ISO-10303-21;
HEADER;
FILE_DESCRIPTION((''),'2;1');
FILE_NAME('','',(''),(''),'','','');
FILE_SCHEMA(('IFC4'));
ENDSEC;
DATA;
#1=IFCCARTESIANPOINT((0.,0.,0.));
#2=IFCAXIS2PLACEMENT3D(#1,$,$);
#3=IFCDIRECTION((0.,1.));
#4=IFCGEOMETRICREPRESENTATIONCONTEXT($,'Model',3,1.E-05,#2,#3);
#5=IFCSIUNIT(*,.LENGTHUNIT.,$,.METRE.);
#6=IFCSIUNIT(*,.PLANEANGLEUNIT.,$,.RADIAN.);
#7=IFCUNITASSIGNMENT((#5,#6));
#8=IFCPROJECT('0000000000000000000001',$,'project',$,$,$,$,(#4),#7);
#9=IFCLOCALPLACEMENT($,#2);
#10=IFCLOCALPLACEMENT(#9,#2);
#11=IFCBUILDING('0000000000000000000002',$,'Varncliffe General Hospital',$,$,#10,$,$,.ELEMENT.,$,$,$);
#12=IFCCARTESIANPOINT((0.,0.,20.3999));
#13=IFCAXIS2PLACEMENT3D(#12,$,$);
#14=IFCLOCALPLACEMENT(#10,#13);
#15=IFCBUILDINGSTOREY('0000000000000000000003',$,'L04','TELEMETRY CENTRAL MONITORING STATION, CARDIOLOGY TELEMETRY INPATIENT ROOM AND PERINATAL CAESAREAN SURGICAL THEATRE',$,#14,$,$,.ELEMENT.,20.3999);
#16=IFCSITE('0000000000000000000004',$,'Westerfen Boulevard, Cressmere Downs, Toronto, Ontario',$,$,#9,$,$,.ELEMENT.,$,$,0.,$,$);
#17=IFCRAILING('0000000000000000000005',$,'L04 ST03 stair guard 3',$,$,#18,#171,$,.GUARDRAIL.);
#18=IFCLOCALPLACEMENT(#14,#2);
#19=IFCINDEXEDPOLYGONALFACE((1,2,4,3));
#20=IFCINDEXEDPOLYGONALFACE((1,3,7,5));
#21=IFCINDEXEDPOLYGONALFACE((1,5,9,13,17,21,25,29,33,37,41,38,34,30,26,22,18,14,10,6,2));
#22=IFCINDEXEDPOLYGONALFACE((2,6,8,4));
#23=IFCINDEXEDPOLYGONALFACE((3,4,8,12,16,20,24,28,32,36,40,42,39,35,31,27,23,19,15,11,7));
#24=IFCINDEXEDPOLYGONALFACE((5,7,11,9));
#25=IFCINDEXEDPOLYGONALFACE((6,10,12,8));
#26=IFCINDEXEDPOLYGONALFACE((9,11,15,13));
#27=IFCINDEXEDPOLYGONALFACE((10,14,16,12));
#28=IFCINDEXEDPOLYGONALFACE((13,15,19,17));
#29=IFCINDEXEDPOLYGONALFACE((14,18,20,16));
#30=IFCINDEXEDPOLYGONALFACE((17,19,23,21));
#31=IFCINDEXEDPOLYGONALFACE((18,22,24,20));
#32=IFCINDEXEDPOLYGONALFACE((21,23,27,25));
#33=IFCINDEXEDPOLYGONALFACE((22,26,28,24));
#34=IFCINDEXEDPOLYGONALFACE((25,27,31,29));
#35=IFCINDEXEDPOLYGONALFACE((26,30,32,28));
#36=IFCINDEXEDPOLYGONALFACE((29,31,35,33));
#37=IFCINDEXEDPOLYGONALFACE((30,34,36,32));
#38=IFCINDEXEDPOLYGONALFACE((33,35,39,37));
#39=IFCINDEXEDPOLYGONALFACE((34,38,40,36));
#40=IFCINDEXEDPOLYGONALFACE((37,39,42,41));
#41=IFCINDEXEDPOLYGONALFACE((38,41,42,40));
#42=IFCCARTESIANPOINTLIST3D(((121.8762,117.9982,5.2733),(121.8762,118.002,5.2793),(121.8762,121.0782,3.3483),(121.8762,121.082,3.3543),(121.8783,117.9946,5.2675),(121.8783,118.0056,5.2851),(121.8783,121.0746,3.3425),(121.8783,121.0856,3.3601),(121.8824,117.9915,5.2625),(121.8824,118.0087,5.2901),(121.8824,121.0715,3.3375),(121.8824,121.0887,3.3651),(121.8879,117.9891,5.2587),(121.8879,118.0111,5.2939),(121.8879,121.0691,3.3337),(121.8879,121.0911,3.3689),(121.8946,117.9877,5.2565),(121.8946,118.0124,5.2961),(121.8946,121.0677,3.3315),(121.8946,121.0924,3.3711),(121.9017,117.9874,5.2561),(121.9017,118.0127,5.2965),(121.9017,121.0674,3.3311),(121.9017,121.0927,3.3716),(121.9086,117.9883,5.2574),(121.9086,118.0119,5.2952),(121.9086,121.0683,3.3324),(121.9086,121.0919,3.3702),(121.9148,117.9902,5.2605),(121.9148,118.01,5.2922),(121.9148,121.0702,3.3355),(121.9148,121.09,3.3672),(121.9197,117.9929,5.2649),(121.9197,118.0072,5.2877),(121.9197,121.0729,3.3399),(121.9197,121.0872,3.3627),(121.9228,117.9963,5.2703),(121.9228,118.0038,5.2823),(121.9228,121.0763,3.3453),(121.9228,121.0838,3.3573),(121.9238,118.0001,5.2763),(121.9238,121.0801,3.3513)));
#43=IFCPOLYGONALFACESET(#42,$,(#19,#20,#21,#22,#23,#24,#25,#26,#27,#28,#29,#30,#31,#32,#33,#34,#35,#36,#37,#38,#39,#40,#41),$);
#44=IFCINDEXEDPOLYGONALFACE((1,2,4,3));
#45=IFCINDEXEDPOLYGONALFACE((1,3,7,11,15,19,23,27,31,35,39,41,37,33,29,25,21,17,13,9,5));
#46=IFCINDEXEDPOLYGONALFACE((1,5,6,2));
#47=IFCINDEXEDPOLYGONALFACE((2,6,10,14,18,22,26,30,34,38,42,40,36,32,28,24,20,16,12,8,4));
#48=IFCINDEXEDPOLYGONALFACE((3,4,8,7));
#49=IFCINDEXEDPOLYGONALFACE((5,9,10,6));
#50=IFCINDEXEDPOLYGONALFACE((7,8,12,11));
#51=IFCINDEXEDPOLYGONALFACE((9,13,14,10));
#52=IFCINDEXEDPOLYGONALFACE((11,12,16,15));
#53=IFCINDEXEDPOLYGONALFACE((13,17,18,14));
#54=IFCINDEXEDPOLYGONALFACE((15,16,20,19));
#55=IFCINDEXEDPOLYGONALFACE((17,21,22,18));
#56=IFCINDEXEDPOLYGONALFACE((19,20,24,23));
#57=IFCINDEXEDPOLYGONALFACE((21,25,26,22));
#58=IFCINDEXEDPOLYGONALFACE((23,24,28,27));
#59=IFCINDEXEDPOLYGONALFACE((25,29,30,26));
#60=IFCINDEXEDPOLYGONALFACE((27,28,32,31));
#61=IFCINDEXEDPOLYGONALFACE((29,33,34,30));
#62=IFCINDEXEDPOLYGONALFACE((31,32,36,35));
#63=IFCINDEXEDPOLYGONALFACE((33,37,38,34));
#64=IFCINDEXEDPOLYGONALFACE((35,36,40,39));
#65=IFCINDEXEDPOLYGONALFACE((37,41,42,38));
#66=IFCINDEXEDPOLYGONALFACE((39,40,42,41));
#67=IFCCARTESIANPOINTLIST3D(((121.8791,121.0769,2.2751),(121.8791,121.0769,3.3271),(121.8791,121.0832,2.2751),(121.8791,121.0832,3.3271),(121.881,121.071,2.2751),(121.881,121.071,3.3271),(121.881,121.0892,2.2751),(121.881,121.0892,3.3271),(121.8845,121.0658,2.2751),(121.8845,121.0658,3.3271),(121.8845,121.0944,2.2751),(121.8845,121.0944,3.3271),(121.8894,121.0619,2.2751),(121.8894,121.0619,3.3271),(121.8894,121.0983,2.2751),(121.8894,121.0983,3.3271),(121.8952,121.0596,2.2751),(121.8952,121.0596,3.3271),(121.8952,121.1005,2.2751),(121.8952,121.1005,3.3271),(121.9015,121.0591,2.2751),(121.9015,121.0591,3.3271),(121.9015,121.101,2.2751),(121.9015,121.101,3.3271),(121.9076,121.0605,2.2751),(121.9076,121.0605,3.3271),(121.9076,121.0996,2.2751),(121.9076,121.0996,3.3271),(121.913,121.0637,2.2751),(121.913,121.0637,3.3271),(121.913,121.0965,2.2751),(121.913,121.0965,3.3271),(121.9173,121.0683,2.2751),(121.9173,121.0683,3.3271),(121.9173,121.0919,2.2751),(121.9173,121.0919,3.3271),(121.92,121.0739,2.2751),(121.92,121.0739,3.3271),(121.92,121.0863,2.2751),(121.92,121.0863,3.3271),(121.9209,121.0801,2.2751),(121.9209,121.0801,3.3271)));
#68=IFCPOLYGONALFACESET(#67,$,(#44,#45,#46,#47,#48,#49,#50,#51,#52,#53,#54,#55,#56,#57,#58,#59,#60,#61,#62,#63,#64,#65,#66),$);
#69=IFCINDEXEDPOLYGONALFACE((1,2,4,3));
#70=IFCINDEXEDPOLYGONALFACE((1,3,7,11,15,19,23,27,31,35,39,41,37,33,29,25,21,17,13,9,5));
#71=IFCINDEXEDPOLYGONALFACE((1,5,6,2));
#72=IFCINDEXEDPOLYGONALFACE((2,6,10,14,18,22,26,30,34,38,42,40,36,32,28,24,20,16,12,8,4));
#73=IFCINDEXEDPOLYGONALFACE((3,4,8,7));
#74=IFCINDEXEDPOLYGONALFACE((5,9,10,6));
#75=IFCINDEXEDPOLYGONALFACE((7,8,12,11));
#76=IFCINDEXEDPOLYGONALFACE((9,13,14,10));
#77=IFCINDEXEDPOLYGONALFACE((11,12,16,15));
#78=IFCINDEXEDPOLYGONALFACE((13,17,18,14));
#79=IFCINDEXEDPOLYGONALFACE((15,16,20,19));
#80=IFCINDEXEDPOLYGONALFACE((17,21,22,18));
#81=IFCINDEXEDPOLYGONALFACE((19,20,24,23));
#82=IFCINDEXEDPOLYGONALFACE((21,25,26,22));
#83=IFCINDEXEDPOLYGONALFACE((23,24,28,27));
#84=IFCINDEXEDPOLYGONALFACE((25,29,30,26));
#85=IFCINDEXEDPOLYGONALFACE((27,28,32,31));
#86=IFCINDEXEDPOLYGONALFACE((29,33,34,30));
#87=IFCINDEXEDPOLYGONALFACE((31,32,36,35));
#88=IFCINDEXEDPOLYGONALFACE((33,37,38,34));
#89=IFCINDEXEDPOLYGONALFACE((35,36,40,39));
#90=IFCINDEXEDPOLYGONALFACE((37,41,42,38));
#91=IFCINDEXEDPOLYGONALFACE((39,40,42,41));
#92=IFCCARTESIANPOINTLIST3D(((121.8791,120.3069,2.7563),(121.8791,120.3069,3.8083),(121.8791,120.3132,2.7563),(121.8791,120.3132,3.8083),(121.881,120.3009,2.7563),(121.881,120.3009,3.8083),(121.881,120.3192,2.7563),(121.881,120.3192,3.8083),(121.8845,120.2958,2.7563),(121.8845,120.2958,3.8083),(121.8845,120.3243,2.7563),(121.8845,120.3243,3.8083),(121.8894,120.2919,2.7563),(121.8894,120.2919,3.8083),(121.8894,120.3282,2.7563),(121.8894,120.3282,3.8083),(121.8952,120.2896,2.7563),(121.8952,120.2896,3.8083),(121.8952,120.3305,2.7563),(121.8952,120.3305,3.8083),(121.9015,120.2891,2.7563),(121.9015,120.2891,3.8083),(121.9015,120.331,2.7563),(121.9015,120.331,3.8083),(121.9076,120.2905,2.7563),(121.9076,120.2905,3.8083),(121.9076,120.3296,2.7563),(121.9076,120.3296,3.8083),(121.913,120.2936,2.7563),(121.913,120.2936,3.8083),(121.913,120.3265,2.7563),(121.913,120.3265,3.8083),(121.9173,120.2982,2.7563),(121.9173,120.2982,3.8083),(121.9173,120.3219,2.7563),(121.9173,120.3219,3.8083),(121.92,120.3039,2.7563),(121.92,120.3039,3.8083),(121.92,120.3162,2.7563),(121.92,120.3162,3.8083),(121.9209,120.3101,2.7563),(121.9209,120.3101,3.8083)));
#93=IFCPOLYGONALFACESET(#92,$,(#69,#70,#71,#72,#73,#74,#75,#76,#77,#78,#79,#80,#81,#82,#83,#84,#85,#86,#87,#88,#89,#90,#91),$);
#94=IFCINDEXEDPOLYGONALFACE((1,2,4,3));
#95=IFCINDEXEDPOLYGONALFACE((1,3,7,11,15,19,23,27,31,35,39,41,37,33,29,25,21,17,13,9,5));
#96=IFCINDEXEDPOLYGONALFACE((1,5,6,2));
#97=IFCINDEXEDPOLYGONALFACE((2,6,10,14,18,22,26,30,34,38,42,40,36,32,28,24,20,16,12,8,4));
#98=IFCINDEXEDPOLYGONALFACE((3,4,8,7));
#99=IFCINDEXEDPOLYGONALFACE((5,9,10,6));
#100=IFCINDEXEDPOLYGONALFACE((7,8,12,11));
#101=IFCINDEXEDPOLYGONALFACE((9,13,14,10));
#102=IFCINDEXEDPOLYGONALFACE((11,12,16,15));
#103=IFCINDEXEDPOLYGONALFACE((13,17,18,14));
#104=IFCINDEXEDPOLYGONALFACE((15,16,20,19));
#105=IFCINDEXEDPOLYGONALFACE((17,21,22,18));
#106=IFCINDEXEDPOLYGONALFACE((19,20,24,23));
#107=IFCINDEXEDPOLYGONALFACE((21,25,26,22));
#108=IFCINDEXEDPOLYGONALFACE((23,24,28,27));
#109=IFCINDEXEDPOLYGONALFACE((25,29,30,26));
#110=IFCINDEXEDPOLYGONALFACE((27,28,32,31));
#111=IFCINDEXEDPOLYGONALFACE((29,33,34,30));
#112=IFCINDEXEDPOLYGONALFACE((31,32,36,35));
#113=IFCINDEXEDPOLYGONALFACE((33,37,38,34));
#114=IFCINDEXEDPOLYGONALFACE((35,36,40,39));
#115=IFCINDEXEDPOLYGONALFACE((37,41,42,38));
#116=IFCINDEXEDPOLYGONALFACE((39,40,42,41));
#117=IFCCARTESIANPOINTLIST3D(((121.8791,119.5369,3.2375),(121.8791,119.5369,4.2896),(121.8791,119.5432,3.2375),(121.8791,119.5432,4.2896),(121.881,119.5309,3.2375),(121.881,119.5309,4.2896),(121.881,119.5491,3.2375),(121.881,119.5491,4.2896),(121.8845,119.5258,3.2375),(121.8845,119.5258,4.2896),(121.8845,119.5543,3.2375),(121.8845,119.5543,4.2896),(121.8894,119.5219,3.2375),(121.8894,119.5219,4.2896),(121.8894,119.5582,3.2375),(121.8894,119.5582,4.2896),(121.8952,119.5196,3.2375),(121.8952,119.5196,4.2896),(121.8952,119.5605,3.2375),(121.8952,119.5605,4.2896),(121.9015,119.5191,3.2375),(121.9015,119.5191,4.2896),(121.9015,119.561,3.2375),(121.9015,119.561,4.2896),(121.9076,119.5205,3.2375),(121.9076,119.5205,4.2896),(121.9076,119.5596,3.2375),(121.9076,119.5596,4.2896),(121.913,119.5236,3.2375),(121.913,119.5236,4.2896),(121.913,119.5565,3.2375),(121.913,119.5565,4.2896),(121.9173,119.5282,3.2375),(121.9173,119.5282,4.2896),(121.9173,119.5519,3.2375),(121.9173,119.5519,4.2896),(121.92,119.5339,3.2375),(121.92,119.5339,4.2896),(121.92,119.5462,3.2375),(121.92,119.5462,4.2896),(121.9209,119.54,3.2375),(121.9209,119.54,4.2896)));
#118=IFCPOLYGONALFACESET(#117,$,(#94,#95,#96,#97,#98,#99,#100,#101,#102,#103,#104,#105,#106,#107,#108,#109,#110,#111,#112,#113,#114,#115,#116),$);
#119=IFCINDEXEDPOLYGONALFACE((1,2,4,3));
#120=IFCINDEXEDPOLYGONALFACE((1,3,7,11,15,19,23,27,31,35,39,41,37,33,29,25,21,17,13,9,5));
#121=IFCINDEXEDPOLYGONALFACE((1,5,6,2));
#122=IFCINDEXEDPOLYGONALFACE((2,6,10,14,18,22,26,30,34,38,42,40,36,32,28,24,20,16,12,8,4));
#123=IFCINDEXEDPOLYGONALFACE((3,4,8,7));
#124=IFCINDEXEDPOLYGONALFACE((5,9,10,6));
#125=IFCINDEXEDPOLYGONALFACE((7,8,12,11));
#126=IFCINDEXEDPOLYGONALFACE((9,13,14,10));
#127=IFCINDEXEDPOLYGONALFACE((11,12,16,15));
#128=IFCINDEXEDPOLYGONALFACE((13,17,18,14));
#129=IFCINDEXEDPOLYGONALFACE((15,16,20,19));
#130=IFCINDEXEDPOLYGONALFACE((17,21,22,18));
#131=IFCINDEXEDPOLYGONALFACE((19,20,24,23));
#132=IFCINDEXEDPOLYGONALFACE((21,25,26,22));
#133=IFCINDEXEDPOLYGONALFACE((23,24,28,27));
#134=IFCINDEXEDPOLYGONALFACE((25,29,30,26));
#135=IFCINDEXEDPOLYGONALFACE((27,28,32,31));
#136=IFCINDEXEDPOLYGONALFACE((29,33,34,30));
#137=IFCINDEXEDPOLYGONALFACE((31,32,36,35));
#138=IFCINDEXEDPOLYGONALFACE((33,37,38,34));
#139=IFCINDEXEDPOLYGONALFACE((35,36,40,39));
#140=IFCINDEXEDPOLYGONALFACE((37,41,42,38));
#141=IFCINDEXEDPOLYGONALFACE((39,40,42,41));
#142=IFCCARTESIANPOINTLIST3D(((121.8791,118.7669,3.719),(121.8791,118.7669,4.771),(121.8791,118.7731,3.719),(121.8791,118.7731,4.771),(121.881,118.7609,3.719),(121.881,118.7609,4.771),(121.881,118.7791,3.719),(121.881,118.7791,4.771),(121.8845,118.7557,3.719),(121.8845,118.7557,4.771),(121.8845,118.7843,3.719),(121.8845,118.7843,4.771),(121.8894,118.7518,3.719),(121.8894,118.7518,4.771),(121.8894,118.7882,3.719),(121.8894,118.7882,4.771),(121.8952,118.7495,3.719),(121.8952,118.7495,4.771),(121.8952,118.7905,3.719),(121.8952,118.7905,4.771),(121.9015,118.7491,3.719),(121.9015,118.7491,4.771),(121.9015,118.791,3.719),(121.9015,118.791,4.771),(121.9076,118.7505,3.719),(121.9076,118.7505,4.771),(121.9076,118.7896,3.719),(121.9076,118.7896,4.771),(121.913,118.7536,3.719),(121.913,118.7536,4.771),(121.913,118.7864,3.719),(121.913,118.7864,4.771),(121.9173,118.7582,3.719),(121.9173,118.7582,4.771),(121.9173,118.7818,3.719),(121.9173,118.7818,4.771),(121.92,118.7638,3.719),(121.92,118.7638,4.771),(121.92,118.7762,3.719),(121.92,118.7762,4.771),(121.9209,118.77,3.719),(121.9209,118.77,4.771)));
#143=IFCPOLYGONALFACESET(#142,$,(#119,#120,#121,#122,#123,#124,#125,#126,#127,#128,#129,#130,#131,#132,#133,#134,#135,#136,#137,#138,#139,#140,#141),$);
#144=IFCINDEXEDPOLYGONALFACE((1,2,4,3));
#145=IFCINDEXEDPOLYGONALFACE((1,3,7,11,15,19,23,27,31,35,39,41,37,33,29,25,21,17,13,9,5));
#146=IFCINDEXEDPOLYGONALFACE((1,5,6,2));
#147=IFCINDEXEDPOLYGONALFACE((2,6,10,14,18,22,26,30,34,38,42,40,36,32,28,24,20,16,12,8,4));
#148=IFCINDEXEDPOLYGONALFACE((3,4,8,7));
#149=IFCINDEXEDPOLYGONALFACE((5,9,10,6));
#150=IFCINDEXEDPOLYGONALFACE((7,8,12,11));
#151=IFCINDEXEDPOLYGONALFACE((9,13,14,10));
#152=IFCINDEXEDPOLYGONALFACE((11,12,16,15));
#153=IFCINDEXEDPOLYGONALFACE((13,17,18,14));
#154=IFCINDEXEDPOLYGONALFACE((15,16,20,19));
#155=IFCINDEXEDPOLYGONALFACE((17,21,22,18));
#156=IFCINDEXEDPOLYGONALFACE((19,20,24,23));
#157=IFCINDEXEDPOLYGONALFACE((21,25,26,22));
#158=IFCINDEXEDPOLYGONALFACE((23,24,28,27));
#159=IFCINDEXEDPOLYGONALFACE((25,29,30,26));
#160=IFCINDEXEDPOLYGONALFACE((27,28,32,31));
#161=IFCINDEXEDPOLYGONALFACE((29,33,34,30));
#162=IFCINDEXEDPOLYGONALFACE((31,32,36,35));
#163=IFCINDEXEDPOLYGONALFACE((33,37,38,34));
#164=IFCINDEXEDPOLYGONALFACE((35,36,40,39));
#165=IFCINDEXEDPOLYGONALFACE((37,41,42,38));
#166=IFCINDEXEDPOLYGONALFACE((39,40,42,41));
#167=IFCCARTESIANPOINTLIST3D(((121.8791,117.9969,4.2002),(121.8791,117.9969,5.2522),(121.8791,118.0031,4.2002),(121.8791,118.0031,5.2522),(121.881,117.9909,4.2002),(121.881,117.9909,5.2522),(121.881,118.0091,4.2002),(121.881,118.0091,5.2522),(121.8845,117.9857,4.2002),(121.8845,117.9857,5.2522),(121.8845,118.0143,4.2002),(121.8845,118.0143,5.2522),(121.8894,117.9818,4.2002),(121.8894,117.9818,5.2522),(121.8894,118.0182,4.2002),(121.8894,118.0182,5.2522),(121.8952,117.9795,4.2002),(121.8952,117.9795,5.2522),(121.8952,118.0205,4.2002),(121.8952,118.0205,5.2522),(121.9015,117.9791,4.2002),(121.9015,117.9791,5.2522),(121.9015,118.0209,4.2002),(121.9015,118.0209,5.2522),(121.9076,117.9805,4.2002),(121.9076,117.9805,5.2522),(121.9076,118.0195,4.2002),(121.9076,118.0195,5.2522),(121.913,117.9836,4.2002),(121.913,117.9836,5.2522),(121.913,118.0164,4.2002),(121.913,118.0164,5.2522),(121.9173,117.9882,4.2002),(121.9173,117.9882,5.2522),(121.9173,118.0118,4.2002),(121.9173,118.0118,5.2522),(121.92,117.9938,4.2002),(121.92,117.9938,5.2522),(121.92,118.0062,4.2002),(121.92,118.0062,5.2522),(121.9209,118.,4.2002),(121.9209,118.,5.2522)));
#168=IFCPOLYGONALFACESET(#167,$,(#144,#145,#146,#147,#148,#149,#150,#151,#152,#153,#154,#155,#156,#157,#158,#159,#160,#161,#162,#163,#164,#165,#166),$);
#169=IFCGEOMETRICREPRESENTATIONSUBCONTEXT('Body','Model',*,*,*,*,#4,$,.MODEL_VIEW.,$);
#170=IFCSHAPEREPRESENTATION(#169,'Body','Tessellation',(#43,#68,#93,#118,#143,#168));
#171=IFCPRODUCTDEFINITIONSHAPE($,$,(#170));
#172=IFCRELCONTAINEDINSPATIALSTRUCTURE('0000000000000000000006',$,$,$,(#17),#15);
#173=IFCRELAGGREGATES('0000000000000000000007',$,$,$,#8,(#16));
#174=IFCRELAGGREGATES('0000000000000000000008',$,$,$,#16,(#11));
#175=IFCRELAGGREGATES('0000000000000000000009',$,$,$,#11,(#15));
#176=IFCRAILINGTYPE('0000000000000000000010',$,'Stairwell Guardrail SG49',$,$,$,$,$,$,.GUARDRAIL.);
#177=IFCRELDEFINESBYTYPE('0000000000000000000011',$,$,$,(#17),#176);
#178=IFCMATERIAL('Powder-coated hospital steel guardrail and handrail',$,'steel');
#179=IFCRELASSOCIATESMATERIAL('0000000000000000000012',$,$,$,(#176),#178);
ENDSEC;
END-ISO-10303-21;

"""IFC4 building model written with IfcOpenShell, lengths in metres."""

from ifc_helpers import new_model, si_unit, direction, frame, origin, origin_2d, place, context, subcontext, project, spatial, circle, extrude, material, type_object, element, save


model = new_model("IFC4")

# Units and contexts
model_context = context("Model", 3, precision=1e-05, world=origin(), true_north=direction((0.0, 1.0)))
body_context = subcontext(model_context, "Body", "Model", "MODEL_VIEW")
ifc_project = project(units=[si_unit("LENGTHUNIT", "METRE"), si_unit("PLANEANGLEUNIT", "RADIAN")], contexts=[model_context])

# Site, building, storey
site_placement = place(None, origin())
site = spatial("IfcSite", under=ifc_project, at=site_placement, Name="Westerfen Boulevard, Cressmere Downs, Toronto, Ontario", CompositionType="ELEMENT", RefElevation=0.0)
building_placement = place(site_placement, origin())
building = spatial("IfcBuilding", under=site, at=building_placement, Name="Varncliffe General Hospital", CompositionType="ELEMENT")
storey_placement = place(building_placement, frame((0.0, 0.0, 20.3999)))
storey = spatial("IfcBuildingStorey", under=building, at=storey_placement, Name="L04", Description="TELEMETRY CENTRAL MONITORING STATION, CARDIOLOGY TELEMETRY INPATIENT ROOM AND PERINATAL CAESAREAN SURGICAL THEATRE", CompositionType="ELEMENT", Elevation=20.3999)

# Railing
ifc_material_1 = material(Name="Powder-coated hospital steel guardrail and handrail", Category="steel")
railing_type_1 = type_object("IfcRailingType", Name="Stairwell Guardrail SG49", PredefinedType="GUARDRAIL", material=ifc_material_1)
railing_1_placement = place(storey_placement, frame((121.8999, 121.0801, 2.2751)))
element("IfcRailing", 1, at=railing_1_placement, inside=storey, type_object=railing_type_1, Name="L04 ST03 stair guard 3", PredefinedType="GUARDRAIL", context=body_context, shape_type="SweptSolid", body=[
    extrude(circle(Radius=0.0239, at=origin_2d()), frame((0.0, 0.0, 1.0762), z_axis=(0.0, -0.847998, 0.529999), x_axis=(1.0, 0.0, 0.0)), (0.0, 0.0, 1.0), 3.6321),
    extrude(circle(Radius=0.021, at=origin_2d()), origin(), (0.0, 0.0, 1.0), 1.052),
    extrude(circle(Radius=0.021, at=origin_2d()), frame((0.0, -0.77, 0.4812)), (0.0, 0.0, 1.0), 1.052),
    extrude(circle(Radius=0.021, at=origin_2d()), frame((0.0, -1.54, 0.9624)), (0.0, 0.0, 1.0), 1.052),
    extrude(circle(Radius=0.021, at=origin_2d()), frame((0.0, -2.3101, 1.4438)), (0.0, 0.0, 1.0), 1.052),
    extrude(circle(Radius=0.021, at=origin_2d()), frame((0.0, -3.0801, 1.925)), (0.0, 0.0, 1.0), 1.052),
])

save(model, "model.ifc")
